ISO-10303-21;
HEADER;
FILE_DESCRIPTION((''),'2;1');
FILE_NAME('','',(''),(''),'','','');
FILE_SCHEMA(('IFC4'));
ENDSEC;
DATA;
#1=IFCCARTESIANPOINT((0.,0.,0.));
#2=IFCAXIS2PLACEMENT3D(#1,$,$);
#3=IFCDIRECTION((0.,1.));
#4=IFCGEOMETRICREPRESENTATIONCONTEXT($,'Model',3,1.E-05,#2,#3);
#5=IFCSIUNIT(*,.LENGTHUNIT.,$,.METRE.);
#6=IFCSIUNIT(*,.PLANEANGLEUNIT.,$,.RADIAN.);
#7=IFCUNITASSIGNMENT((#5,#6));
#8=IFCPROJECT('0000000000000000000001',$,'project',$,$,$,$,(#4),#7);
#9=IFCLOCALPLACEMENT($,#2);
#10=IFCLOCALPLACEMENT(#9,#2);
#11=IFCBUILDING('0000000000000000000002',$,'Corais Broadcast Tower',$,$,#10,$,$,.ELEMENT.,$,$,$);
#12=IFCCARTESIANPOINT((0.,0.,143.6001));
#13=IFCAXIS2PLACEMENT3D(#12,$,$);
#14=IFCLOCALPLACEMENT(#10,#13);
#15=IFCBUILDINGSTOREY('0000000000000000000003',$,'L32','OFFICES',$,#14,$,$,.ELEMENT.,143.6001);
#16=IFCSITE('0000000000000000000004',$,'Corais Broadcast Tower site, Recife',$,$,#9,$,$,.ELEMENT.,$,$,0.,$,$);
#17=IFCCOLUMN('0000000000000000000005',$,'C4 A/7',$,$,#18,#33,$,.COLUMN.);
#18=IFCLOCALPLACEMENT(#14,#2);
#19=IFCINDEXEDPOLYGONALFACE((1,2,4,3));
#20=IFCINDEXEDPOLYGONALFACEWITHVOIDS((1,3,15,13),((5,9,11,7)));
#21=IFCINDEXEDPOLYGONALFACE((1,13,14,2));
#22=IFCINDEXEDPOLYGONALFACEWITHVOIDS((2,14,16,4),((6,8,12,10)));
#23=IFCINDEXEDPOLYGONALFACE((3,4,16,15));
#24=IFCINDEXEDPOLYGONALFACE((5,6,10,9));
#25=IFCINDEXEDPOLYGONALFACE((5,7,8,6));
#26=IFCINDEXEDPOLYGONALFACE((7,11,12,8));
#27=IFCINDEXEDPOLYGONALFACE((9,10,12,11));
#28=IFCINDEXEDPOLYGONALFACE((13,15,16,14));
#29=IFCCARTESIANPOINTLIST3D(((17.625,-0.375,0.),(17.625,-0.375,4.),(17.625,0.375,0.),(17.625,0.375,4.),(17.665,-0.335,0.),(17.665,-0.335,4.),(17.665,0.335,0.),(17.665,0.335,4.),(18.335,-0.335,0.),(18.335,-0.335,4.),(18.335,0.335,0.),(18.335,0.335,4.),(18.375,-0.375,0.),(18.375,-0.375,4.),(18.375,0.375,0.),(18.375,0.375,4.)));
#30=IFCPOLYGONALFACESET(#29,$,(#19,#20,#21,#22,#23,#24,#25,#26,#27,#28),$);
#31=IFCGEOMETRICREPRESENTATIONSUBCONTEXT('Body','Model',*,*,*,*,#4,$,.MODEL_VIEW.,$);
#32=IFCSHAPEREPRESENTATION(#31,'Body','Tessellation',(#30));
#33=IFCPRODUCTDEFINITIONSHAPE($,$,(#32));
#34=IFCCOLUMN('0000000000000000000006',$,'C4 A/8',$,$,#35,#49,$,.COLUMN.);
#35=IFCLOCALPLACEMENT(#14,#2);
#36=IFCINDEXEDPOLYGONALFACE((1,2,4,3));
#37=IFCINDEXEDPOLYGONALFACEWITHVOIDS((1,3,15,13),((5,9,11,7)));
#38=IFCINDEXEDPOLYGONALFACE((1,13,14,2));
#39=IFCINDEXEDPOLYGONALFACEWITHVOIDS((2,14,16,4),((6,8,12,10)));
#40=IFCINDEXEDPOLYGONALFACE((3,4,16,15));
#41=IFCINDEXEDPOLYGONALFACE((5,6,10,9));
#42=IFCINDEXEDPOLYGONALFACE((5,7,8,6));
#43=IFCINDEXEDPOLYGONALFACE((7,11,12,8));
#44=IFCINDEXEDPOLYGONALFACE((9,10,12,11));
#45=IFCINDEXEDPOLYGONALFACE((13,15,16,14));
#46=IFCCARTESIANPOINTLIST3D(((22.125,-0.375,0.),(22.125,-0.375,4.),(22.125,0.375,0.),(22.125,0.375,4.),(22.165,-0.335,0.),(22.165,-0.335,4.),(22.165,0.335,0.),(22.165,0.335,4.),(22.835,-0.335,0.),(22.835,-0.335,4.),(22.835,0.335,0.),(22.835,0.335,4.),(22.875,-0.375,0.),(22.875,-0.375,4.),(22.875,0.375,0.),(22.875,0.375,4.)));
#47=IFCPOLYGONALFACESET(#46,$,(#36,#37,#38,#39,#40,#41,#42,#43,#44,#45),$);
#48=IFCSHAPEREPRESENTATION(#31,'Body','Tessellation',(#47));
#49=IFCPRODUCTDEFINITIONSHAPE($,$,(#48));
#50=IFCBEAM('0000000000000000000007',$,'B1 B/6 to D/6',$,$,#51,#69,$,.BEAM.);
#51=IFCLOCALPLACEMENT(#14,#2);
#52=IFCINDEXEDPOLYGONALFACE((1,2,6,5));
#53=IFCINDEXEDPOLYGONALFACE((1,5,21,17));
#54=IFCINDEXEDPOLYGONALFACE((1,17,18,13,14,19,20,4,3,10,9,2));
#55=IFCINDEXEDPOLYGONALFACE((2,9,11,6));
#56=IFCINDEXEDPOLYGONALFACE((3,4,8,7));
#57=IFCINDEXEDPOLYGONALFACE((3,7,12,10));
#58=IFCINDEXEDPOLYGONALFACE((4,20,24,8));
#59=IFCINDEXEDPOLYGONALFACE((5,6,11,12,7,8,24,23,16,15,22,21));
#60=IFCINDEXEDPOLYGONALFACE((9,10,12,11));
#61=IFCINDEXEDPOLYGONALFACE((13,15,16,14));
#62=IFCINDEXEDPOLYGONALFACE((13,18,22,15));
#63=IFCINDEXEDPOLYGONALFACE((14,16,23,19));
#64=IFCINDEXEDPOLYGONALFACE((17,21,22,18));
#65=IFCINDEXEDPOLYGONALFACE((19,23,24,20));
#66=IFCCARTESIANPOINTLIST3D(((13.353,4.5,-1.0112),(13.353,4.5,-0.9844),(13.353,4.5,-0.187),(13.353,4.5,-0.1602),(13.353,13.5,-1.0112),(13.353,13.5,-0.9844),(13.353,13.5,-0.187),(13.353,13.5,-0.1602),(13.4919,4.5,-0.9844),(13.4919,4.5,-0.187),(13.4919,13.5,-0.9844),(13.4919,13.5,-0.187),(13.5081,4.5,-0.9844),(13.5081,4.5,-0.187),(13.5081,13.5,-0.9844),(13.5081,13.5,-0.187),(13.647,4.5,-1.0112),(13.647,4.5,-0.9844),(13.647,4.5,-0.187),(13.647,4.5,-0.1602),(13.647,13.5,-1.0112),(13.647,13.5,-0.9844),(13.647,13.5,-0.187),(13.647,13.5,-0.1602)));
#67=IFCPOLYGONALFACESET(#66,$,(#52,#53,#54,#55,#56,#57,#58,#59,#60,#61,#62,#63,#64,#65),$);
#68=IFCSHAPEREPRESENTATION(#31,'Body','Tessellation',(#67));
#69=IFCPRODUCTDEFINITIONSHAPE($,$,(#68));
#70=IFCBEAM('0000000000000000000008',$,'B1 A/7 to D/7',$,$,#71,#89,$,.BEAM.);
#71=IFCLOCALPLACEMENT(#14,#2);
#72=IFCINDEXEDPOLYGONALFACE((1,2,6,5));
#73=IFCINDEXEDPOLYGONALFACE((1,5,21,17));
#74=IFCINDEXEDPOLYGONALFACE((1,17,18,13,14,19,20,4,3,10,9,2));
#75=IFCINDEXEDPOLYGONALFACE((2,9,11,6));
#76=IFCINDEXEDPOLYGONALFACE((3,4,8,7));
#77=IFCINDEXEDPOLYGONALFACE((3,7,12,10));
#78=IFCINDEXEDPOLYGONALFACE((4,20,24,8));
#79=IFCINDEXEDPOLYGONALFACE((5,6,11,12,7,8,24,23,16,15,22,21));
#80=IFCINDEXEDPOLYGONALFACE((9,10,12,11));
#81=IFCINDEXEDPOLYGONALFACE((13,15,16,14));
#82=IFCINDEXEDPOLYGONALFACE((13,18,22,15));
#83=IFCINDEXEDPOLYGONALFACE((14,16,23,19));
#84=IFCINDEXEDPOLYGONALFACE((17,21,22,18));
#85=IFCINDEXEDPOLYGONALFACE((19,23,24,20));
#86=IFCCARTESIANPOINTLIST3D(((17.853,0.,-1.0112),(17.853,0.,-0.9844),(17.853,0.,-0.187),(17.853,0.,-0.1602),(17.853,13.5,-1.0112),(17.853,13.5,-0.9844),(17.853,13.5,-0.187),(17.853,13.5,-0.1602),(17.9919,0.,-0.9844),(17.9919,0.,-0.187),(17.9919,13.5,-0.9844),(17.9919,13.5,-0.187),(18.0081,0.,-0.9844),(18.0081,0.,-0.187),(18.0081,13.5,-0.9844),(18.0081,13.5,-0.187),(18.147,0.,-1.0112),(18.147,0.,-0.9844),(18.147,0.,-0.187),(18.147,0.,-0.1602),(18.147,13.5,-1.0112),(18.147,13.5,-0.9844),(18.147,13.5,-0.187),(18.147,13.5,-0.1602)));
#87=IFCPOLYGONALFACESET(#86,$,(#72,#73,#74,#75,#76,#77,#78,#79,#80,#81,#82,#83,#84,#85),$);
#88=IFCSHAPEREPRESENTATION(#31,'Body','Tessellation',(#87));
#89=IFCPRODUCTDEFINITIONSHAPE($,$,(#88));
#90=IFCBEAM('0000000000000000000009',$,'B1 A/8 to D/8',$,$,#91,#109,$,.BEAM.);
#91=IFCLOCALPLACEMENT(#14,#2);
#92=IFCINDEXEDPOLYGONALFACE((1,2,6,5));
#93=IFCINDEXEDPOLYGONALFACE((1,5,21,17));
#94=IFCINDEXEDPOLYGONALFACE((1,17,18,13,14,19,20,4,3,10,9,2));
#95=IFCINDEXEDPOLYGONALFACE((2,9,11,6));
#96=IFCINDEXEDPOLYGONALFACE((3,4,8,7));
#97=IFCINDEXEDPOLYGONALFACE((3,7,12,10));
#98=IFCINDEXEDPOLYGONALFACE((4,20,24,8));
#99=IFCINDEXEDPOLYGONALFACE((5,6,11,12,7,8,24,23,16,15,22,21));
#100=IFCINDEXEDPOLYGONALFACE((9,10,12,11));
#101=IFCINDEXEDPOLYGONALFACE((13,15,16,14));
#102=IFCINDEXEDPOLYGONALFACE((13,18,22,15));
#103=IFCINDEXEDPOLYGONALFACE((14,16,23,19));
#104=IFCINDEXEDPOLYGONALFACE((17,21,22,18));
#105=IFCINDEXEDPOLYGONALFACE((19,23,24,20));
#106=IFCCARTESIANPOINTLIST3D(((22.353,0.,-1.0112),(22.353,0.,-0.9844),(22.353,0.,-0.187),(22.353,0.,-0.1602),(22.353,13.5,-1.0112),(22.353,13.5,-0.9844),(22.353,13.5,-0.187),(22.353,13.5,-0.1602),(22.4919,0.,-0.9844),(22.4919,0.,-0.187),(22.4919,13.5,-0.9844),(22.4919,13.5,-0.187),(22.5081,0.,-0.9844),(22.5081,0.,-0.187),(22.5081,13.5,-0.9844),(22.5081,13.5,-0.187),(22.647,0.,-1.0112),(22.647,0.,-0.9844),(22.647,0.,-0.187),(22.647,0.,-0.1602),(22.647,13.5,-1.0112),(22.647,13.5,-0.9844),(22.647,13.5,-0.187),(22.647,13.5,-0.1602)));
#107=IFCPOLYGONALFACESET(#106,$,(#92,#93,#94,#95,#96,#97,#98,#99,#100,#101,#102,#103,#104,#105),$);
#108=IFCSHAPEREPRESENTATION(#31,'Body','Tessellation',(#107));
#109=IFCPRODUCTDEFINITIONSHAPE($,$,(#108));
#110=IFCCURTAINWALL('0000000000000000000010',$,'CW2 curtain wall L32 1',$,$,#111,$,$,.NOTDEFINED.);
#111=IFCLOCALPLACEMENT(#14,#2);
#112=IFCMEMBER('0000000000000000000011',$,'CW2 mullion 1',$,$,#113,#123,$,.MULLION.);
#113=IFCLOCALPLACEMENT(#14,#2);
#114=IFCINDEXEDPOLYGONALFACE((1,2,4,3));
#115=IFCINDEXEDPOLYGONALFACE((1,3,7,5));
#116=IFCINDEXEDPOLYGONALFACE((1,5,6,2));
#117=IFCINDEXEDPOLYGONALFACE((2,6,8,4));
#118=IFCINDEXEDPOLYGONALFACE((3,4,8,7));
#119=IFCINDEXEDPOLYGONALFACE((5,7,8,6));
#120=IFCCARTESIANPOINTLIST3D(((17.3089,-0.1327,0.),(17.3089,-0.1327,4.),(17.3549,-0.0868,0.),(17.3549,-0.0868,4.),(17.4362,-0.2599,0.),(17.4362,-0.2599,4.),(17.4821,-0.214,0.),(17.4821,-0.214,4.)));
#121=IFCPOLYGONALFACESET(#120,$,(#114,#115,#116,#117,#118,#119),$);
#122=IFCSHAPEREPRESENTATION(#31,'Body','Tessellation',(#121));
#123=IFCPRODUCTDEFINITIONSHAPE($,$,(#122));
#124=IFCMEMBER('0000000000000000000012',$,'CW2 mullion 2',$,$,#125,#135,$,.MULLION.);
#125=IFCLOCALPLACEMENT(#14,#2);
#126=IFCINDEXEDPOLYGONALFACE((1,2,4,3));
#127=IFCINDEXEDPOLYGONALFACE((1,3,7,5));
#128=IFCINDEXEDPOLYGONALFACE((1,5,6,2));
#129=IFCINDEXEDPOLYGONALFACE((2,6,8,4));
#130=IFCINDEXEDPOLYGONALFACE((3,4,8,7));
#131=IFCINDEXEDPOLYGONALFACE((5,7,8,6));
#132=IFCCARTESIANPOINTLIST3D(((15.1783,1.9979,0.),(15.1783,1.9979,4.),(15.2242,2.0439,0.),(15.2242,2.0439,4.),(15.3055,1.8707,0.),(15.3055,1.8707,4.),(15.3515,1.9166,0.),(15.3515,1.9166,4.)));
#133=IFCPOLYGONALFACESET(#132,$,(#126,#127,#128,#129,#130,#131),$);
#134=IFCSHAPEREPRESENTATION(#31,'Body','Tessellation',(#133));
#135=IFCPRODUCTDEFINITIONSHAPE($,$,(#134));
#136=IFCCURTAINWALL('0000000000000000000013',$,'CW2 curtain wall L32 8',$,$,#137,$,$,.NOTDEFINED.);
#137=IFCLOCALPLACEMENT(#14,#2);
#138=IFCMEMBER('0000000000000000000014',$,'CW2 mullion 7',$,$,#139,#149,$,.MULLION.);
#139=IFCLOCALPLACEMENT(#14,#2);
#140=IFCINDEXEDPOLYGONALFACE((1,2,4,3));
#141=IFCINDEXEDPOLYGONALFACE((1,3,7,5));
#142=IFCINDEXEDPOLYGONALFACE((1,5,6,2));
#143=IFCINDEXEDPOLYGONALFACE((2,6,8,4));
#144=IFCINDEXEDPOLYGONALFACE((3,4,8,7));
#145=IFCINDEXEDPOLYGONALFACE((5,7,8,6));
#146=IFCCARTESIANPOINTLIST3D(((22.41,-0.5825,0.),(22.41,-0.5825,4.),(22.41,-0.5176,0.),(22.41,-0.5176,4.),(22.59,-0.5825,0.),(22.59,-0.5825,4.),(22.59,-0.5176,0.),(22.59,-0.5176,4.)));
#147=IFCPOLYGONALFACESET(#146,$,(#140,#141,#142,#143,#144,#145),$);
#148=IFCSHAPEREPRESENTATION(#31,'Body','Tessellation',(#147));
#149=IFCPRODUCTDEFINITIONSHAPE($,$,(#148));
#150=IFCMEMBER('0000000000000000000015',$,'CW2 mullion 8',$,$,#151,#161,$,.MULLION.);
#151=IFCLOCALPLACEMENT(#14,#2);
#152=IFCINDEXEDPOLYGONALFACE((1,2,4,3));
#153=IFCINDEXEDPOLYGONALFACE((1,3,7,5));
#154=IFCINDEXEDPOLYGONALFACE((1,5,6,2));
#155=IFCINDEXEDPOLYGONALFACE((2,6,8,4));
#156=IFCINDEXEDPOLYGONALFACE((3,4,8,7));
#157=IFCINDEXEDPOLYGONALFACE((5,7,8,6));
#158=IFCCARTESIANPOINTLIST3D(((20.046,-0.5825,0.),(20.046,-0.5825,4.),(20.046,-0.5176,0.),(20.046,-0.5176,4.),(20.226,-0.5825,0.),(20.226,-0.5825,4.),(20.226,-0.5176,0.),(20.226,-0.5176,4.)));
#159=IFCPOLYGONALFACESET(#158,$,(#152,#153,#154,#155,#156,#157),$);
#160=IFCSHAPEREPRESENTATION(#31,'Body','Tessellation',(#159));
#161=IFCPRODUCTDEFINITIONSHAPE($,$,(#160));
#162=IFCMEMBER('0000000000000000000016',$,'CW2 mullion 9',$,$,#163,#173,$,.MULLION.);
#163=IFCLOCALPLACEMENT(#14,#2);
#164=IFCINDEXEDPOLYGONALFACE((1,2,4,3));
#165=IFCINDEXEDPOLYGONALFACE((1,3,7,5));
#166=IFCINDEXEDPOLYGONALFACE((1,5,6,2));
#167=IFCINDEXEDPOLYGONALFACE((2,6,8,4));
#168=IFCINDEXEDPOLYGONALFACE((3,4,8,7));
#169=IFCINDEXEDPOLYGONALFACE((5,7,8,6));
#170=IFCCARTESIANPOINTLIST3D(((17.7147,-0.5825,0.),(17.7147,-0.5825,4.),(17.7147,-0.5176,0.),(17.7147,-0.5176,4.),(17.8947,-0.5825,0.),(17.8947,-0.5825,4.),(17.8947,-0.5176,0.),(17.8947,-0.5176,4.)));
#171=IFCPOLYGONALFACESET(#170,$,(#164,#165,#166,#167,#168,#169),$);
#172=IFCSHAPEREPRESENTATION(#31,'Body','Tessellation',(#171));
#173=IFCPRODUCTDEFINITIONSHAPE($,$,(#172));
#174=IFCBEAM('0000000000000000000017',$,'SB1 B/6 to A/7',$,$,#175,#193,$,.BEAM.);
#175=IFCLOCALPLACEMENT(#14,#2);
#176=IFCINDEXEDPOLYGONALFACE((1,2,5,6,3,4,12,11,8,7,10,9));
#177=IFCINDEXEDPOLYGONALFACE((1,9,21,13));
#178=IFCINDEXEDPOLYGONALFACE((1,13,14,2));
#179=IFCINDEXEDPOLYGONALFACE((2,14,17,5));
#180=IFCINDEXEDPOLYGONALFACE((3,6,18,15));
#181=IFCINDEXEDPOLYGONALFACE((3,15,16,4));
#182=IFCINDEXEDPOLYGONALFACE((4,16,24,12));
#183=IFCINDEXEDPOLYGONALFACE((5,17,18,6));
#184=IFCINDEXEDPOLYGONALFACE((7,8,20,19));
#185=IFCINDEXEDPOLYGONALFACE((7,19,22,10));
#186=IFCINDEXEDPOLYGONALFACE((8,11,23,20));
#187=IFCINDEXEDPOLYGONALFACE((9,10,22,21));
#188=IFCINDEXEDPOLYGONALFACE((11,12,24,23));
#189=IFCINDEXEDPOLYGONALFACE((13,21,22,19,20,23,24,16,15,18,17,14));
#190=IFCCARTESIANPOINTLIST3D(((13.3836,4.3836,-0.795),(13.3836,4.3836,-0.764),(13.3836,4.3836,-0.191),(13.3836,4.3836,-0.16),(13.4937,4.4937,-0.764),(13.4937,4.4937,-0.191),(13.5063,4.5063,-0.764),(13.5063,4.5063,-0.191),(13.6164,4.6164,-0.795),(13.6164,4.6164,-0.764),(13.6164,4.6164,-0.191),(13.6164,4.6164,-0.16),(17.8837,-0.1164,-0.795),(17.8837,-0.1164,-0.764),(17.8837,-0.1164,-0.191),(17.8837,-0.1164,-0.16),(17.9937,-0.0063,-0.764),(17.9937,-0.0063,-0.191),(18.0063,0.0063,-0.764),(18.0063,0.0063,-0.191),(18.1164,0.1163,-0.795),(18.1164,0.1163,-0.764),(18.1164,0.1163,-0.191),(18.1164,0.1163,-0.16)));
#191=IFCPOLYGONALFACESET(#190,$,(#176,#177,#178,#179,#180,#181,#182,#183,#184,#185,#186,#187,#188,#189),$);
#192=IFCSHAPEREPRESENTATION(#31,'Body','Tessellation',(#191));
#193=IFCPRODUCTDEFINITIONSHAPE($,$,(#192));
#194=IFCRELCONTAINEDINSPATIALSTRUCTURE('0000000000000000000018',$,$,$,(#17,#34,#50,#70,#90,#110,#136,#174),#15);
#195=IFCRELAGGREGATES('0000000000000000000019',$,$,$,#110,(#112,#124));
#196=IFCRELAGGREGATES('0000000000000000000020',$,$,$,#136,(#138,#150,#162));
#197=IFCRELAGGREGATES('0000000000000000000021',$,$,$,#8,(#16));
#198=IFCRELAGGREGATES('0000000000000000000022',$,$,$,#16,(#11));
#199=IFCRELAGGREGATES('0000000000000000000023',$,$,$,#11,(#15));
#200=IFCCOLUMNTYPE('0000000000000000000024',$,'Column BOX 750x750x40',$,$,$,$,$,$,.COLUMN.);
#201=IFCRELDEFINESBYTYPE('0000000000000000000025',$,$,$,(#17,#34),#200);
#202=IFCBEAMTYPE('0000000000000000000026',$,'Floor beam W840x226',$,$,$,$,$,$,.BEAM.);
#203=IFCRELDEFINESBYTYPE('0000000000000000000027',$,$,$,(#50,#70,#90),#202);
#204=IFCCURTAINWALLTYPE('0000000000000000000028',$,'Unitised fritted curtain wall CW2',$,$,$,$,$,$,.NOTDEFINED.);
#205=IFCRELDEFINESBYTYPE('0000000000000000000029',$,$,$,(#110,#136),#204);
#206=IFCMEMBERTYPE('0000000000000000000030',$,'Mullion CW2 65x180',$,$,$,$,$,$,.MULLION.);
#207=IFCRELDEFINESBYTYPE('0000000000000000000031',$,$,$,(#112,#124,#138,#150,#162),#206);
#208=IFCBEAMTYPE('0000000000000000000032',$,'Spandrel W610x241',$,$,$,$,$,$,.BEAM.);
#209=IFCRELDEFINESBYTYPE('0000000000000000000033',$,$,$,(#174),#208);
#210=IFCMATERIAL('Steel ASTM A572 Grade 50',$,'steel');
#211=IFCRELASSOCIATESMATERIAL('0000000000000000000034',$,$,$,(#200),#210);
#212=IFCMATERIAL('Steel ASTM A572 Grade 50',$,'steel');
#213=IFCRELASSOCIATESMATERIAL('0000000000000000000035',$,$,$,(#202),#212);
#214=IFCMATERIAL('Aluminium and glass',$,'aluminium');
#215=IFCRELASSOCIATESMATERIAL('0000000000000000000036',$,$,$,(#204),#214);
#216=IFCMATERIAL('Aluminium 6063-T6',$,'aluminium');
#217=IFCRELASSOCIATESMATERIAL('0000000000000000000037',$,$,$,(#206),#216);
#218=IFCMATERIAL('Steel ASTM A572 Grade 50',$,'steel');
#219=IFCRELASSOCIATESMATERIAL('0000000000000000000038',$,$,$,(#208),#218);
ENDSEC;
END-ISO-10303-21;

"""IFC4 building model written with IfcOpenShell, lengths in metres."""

from ifc_helpers import new_model, si_unit, direction, frame, origin, origin_2d, place, context, subcontext, project, spatial, rectangle, hollow_rectangle, i_section, extrude, material, material_profile, profile_set, type_object, element, aggregate, save


model = new_model("IFC4")

# Units and contexts
model_context = context("Model", 3, precision=1e-05, world=origin(), true_north=direction((0.0, 1.0)))
body_context = subcontext(model_context, "Body", "Model", "MODEL_VIEW")
ifc_project = project(units=[si_unit("LENGTHUNIT", "METRE"), si_unit("PLANEANGLEUNIT", "RADIAN")], contexts=[model_context])

# Site, building, storey
site_placement = place(None, origin())
site = spatial("IfcSite", under=ifc_project, at=site_placement, Name="Corais Broadcast Tower site, Recife", CompositionType="ELEMENT", RefElevation=0.0)
building_placement = place(site_placement, origin())
building = spatial("IfcBuilding", under=site, at=building_placement, Name="Corais Broadcast Tower", CompositionType="ELEMENT")
storey_placement = place(building_placement, frame((0.0, 0.0, 143.6001)))
storey = spatial("IfcBuildingStorey", under=building, at=storey_placement, Name="L32", Description="OFFICES", CompositionType="ELEMENT", Elevation=143.6001)

# Columns
ifc_material_1 = material(Name="Steel ASTM A572 Grade 50", Category="steel")
ifc_material_profile_1 = material_profile(ifc_material_1, hollow_rectangle(XDim=0.75, YDim=0.75, WallThickness=0.04, at=origin_2d()), Name="BOX 750x750x40")
ifc_profile_set_1 = profile_set([ifc_material_profile_1], Name="Steel ASTM A572 Grade 50")
column_type = type_object("IfcColumnType", Name="Column BOX 750x750x40", PredefinedType="COLUMN", material=ifc_profile_set_1)
for number, where, z_axis, x_axis, name in (
    (1, (18.0, 0.0, 0.0), (0.0, 0.0, 1.0), (1.0, 0.0, 0.0), "C4 A/7"),
    (2, (22.5, 0.0, 0.0), (0.0, 0.0, 1.0), (1.0, 0.0, 0.0), "C4 A/8"),
):
    element("IfcColumn", number, at=place(storey_placement, frame(where, z_axis=z_axis, x_axis=x_axis)), inside=storey, type_object=column_type, Name=name, PredefinedType="COLUMN", context=body_context, shape_type="SweptSolid", body=[
        extrude(hollow_rectangle(XDim=0.75, YDim=0.75, WallThickness=0.04, at=origin_2d()), origin(), (0.0, 0.0, 1.0), 4.0),
    ])

# Beams
ifc_material_2 = material(Name="Steel ASTM A572 Grade 50", Category="steel")
ifc_material_profile_2 = material_profile(ifc_material_2, i_section(OverallWidth=0.2939, OverallDepth=0.8511, WebThickness=0.0161, FlangeThickness=0.0269, at=origin_2d()), Name="W840x226")
ifc_profile_set_2 = profile_set([ifc_material_profile_2], Name="Steel ASTM A572 Grade 50")
beam_type_1 = type_object("IfcBeamType", Name="Floor beam W840x226", PredefinedType="BEAM", material=ifc_profile_set_2)
beam_1_placement = place(storey_placement, frame((13.5, 4.5, -0.5857), z_axis=(0.0, 1.0, 0.0), x_axis=(-1.0, 0.0, 0.0)))
element("IfcBeam", 3, at=beam_1_placement, inside=storey, type_object=beam_type_1, Name="B1 B/6 to D/6", PredefinedType="BEAM", context=body_context, shape_type="SweptSolid", body=[
    extrude(i_section(OverallWidth=0.2939, OverallDepth=0.8511, WebThickness=0.0161, FlangeThickness=0.0269, at=origin_2d()), origin(), (0.0, 0.0, 1.0), 9.0),
])
for number, where, z_axis, x_axis, name in (
    (4, (18.0, 0.0, -0.5857), (0.0, 1.0, 0.0), (-1.0, 0.0, 0.0), "B1 A/7 to D/7"),
    (5, (22.5, 0.0, -0.5857), (0.0, 1.0, 0.0), (-1.0, 0.0, 0.0), "B1 A/8 to D/8"),
):
    element("IfcBeam", number, at=place(storey_placement, frame(where, z_axis=z_axis, x_axis=x_axis)), inside=storey, type_object=beam_type_1, Name=name, PredefinedType="BEAM", context=body_context, shape_type="SweptSolid", body=[
        extrude(i_section(OverallWidth=0.2939, OverallDepth=0.8511, WebThickness=0.0161, FlangeThickness=0.0269, at=origin_2d()), origin(), (0.0, 0.0, 1.0), 13.5),
    ])

# Curtain walls, members
ifc_material_3 = material(Name="Aluminium and glass", Category="aluminium")
curtain_wall_type = type_object("IfcCurtainWallType", Name="Unitised fritted curtain wall CW2", PredefinedType="NOTDEFINED", material=ifc_material_3)
curtain_wall_1_placement = place(storey_placement, origin())
curtain_wall_1 = element("IfcCurtainWall", 6, at=curtain_wall_1_placement, inside=storey, type_object=curtain_wall_type, Name="CW2 curtain wall L32 1", PredefinedType="NOTDEFINED")
ifc_material_4 = material(Name="Aluminium 6063-T6", Category="aluminium")
ifc_material_profile_3 = material_profile(ifc_material_4, rectangle(XDim=0.0649, YDim=0.1799, at=origin_2d()), Name="Mullion CW2 65x180")
ifc_profile_set_3 = profile_set([ifc_material_profile_3], Name="Aluminium 6063-T6")
member_type_1 = type_object("IfcMemberType", Name="Mullion CW2 65x180", PredefinedType="MULLION", material=ifc_profile_set_3)
member_1_placement = place(storey_placement, frame((17.3955, -0.1733, 0.0), z_axis=(0.0, 0.0, 1.0), x_axis=(-0.707107, -0.707107, 0.0)))
member_1 = element("IfcMember", 7, at=member_1_placement, type_object=member_type_1, Name="CW2 mullion 1", PredefinedType="MULLION", context=body_context, shape_type="SweptSolid", body=[
    extrude(rectangle(XDim=0.0649, YDim=0.1799, at=origin_2d()), origin(), (0.0, 0.0, 1.0), 4.0),
])
member_2_placement = place(storey_placement, frame((15.2649, 1.9573, 0.0), z_axis=(0.0, 0.0, 1.0), x_axis=(-0.707107, -0.707107, 0.0)))
member_2 = element("IfcMember", 8, at=member_2_placement, type_object=member_type_1, Name="CW2 mullion 2", PredefinedType="MULLION", context=body_context, shape_type="SweptSolid", body=[
    extrude(rectangle(XDim=0.0649, YDim=0.1799, at=origin_2d()), origin(), (0.0, 0.0, 1.0), 4.0),
])
curtain_wall_2_placement = place(storey_placement, origin())
curtain_wall_2 = element("IfcCurtainWall", 9, at=curtain_wall_2_placement, inside=storey, type_object=curtain_wall_type, Name="CW2 curtain wall L32 8", PredefinedType="NOTDEFINED")
member_3_placement = place(storey_placement, frame((22.5, -0.55, 0.0), z_axis=(0.0, 0.0, 1.0), x_axis=(0.0, -1.0, 0.0)))
member_3 = element("IfcMember", 10, at=member_3_placement, type_object=member_type_1, Name="CW2 mullion 7", PredefinedType="MULLION", context=body_context, shape_type="SweptSolid", body=[
    extrude(rectangle(XDim=0.0649, YDim=0.1799, at=origin_2d()), origin(), (0.0, 0.0, 1.0), 4.0),
])
member_4_placement = place(storey_placement, frame((20.136, -0.55, 0.0), z_axis=(0.0, 0.0, 1.0), x_axis=(0.0, -1.0, 0.0)))
member_4 = element("IfcMember", 11, at=member_4_placement, type_object=member_type_1, Name="CW2 mullion 8", PredefinedType="MULLION", context=body_context, shape_type="SweptSolid", body=[
    extrude(rectangle(XDim=0.0649, YDim=0.1799, at=origin_2d()), origin(), (0.0, 0.0, 1.0), 4.0),
])
member_5_placement = place(storey_placement, frame((17.8047, -0.55, 0.0), z_axis=(0.0, 0.0, 1.0), x_axis=(0.0, -1.0, 0.0)))
member_5 = element("IfcMember", 12, at=member_5_placement, type_object=member_type_1, Name="CW2 mullion 9", PredefinedType="MULLION", context=body_context, shape_type="SweptSolid", body=[
    extrude(rectangle(XDim=0.0649, YDim=0.1799, at=origin_2d()), origin(), (0.0, 0.0, 1.0), 4.0),
])

# Beam
ifc_material_5 = material(Name="Steel ASTM A572 Grade 50", Category="steel")
ifc_material_profile_4 = material_profile(ifc_material_5, i_section(OverallWidth=0.3291, OverallDepth=0.635, WebThickness=0.0178, FlangeThickness=0.031, at=origin_2d()), Name="W610x241")
ifc_profile_set_4 = profile_set([ifc_material_profile_4], Name="Steel ASTM A572 Grade 50")
beam_type_2 = type_object("IfcBeamType", Name="Spandrel W610x241", PredefinedType="BEAM", material=ifc_profile_set_4)
beam_2_placement = place(storey_placement, frame((13.5, 4.5, -0.4775), z_axis=(0.707107, -0.707107, 0.0), x_axis=(0.707107, 0.707107, 0.0)))
element("IfcBeam", 13, at=beam_2_placement, inside=storey, type_object=beam_type_2, Name="SB1 B/6 to A/7", PredefinedType="BEAM", context=body_context, shape_type="SweptSolid", body=[
    extrude(i_section(OverallWidth=0.3291, OverallDepth=0.635, WebThickness=0.0178, FlangeThickness=0.031, at=origin_2d()), origin(), (0.0, 0.0, 1.0), 6.364),
])

aggregate(curtain_wall_1, [member_1, member_2])
aggregate(curtain_wall_2, [member_3, member_4, member_5])

save(model, "model.ifc")
